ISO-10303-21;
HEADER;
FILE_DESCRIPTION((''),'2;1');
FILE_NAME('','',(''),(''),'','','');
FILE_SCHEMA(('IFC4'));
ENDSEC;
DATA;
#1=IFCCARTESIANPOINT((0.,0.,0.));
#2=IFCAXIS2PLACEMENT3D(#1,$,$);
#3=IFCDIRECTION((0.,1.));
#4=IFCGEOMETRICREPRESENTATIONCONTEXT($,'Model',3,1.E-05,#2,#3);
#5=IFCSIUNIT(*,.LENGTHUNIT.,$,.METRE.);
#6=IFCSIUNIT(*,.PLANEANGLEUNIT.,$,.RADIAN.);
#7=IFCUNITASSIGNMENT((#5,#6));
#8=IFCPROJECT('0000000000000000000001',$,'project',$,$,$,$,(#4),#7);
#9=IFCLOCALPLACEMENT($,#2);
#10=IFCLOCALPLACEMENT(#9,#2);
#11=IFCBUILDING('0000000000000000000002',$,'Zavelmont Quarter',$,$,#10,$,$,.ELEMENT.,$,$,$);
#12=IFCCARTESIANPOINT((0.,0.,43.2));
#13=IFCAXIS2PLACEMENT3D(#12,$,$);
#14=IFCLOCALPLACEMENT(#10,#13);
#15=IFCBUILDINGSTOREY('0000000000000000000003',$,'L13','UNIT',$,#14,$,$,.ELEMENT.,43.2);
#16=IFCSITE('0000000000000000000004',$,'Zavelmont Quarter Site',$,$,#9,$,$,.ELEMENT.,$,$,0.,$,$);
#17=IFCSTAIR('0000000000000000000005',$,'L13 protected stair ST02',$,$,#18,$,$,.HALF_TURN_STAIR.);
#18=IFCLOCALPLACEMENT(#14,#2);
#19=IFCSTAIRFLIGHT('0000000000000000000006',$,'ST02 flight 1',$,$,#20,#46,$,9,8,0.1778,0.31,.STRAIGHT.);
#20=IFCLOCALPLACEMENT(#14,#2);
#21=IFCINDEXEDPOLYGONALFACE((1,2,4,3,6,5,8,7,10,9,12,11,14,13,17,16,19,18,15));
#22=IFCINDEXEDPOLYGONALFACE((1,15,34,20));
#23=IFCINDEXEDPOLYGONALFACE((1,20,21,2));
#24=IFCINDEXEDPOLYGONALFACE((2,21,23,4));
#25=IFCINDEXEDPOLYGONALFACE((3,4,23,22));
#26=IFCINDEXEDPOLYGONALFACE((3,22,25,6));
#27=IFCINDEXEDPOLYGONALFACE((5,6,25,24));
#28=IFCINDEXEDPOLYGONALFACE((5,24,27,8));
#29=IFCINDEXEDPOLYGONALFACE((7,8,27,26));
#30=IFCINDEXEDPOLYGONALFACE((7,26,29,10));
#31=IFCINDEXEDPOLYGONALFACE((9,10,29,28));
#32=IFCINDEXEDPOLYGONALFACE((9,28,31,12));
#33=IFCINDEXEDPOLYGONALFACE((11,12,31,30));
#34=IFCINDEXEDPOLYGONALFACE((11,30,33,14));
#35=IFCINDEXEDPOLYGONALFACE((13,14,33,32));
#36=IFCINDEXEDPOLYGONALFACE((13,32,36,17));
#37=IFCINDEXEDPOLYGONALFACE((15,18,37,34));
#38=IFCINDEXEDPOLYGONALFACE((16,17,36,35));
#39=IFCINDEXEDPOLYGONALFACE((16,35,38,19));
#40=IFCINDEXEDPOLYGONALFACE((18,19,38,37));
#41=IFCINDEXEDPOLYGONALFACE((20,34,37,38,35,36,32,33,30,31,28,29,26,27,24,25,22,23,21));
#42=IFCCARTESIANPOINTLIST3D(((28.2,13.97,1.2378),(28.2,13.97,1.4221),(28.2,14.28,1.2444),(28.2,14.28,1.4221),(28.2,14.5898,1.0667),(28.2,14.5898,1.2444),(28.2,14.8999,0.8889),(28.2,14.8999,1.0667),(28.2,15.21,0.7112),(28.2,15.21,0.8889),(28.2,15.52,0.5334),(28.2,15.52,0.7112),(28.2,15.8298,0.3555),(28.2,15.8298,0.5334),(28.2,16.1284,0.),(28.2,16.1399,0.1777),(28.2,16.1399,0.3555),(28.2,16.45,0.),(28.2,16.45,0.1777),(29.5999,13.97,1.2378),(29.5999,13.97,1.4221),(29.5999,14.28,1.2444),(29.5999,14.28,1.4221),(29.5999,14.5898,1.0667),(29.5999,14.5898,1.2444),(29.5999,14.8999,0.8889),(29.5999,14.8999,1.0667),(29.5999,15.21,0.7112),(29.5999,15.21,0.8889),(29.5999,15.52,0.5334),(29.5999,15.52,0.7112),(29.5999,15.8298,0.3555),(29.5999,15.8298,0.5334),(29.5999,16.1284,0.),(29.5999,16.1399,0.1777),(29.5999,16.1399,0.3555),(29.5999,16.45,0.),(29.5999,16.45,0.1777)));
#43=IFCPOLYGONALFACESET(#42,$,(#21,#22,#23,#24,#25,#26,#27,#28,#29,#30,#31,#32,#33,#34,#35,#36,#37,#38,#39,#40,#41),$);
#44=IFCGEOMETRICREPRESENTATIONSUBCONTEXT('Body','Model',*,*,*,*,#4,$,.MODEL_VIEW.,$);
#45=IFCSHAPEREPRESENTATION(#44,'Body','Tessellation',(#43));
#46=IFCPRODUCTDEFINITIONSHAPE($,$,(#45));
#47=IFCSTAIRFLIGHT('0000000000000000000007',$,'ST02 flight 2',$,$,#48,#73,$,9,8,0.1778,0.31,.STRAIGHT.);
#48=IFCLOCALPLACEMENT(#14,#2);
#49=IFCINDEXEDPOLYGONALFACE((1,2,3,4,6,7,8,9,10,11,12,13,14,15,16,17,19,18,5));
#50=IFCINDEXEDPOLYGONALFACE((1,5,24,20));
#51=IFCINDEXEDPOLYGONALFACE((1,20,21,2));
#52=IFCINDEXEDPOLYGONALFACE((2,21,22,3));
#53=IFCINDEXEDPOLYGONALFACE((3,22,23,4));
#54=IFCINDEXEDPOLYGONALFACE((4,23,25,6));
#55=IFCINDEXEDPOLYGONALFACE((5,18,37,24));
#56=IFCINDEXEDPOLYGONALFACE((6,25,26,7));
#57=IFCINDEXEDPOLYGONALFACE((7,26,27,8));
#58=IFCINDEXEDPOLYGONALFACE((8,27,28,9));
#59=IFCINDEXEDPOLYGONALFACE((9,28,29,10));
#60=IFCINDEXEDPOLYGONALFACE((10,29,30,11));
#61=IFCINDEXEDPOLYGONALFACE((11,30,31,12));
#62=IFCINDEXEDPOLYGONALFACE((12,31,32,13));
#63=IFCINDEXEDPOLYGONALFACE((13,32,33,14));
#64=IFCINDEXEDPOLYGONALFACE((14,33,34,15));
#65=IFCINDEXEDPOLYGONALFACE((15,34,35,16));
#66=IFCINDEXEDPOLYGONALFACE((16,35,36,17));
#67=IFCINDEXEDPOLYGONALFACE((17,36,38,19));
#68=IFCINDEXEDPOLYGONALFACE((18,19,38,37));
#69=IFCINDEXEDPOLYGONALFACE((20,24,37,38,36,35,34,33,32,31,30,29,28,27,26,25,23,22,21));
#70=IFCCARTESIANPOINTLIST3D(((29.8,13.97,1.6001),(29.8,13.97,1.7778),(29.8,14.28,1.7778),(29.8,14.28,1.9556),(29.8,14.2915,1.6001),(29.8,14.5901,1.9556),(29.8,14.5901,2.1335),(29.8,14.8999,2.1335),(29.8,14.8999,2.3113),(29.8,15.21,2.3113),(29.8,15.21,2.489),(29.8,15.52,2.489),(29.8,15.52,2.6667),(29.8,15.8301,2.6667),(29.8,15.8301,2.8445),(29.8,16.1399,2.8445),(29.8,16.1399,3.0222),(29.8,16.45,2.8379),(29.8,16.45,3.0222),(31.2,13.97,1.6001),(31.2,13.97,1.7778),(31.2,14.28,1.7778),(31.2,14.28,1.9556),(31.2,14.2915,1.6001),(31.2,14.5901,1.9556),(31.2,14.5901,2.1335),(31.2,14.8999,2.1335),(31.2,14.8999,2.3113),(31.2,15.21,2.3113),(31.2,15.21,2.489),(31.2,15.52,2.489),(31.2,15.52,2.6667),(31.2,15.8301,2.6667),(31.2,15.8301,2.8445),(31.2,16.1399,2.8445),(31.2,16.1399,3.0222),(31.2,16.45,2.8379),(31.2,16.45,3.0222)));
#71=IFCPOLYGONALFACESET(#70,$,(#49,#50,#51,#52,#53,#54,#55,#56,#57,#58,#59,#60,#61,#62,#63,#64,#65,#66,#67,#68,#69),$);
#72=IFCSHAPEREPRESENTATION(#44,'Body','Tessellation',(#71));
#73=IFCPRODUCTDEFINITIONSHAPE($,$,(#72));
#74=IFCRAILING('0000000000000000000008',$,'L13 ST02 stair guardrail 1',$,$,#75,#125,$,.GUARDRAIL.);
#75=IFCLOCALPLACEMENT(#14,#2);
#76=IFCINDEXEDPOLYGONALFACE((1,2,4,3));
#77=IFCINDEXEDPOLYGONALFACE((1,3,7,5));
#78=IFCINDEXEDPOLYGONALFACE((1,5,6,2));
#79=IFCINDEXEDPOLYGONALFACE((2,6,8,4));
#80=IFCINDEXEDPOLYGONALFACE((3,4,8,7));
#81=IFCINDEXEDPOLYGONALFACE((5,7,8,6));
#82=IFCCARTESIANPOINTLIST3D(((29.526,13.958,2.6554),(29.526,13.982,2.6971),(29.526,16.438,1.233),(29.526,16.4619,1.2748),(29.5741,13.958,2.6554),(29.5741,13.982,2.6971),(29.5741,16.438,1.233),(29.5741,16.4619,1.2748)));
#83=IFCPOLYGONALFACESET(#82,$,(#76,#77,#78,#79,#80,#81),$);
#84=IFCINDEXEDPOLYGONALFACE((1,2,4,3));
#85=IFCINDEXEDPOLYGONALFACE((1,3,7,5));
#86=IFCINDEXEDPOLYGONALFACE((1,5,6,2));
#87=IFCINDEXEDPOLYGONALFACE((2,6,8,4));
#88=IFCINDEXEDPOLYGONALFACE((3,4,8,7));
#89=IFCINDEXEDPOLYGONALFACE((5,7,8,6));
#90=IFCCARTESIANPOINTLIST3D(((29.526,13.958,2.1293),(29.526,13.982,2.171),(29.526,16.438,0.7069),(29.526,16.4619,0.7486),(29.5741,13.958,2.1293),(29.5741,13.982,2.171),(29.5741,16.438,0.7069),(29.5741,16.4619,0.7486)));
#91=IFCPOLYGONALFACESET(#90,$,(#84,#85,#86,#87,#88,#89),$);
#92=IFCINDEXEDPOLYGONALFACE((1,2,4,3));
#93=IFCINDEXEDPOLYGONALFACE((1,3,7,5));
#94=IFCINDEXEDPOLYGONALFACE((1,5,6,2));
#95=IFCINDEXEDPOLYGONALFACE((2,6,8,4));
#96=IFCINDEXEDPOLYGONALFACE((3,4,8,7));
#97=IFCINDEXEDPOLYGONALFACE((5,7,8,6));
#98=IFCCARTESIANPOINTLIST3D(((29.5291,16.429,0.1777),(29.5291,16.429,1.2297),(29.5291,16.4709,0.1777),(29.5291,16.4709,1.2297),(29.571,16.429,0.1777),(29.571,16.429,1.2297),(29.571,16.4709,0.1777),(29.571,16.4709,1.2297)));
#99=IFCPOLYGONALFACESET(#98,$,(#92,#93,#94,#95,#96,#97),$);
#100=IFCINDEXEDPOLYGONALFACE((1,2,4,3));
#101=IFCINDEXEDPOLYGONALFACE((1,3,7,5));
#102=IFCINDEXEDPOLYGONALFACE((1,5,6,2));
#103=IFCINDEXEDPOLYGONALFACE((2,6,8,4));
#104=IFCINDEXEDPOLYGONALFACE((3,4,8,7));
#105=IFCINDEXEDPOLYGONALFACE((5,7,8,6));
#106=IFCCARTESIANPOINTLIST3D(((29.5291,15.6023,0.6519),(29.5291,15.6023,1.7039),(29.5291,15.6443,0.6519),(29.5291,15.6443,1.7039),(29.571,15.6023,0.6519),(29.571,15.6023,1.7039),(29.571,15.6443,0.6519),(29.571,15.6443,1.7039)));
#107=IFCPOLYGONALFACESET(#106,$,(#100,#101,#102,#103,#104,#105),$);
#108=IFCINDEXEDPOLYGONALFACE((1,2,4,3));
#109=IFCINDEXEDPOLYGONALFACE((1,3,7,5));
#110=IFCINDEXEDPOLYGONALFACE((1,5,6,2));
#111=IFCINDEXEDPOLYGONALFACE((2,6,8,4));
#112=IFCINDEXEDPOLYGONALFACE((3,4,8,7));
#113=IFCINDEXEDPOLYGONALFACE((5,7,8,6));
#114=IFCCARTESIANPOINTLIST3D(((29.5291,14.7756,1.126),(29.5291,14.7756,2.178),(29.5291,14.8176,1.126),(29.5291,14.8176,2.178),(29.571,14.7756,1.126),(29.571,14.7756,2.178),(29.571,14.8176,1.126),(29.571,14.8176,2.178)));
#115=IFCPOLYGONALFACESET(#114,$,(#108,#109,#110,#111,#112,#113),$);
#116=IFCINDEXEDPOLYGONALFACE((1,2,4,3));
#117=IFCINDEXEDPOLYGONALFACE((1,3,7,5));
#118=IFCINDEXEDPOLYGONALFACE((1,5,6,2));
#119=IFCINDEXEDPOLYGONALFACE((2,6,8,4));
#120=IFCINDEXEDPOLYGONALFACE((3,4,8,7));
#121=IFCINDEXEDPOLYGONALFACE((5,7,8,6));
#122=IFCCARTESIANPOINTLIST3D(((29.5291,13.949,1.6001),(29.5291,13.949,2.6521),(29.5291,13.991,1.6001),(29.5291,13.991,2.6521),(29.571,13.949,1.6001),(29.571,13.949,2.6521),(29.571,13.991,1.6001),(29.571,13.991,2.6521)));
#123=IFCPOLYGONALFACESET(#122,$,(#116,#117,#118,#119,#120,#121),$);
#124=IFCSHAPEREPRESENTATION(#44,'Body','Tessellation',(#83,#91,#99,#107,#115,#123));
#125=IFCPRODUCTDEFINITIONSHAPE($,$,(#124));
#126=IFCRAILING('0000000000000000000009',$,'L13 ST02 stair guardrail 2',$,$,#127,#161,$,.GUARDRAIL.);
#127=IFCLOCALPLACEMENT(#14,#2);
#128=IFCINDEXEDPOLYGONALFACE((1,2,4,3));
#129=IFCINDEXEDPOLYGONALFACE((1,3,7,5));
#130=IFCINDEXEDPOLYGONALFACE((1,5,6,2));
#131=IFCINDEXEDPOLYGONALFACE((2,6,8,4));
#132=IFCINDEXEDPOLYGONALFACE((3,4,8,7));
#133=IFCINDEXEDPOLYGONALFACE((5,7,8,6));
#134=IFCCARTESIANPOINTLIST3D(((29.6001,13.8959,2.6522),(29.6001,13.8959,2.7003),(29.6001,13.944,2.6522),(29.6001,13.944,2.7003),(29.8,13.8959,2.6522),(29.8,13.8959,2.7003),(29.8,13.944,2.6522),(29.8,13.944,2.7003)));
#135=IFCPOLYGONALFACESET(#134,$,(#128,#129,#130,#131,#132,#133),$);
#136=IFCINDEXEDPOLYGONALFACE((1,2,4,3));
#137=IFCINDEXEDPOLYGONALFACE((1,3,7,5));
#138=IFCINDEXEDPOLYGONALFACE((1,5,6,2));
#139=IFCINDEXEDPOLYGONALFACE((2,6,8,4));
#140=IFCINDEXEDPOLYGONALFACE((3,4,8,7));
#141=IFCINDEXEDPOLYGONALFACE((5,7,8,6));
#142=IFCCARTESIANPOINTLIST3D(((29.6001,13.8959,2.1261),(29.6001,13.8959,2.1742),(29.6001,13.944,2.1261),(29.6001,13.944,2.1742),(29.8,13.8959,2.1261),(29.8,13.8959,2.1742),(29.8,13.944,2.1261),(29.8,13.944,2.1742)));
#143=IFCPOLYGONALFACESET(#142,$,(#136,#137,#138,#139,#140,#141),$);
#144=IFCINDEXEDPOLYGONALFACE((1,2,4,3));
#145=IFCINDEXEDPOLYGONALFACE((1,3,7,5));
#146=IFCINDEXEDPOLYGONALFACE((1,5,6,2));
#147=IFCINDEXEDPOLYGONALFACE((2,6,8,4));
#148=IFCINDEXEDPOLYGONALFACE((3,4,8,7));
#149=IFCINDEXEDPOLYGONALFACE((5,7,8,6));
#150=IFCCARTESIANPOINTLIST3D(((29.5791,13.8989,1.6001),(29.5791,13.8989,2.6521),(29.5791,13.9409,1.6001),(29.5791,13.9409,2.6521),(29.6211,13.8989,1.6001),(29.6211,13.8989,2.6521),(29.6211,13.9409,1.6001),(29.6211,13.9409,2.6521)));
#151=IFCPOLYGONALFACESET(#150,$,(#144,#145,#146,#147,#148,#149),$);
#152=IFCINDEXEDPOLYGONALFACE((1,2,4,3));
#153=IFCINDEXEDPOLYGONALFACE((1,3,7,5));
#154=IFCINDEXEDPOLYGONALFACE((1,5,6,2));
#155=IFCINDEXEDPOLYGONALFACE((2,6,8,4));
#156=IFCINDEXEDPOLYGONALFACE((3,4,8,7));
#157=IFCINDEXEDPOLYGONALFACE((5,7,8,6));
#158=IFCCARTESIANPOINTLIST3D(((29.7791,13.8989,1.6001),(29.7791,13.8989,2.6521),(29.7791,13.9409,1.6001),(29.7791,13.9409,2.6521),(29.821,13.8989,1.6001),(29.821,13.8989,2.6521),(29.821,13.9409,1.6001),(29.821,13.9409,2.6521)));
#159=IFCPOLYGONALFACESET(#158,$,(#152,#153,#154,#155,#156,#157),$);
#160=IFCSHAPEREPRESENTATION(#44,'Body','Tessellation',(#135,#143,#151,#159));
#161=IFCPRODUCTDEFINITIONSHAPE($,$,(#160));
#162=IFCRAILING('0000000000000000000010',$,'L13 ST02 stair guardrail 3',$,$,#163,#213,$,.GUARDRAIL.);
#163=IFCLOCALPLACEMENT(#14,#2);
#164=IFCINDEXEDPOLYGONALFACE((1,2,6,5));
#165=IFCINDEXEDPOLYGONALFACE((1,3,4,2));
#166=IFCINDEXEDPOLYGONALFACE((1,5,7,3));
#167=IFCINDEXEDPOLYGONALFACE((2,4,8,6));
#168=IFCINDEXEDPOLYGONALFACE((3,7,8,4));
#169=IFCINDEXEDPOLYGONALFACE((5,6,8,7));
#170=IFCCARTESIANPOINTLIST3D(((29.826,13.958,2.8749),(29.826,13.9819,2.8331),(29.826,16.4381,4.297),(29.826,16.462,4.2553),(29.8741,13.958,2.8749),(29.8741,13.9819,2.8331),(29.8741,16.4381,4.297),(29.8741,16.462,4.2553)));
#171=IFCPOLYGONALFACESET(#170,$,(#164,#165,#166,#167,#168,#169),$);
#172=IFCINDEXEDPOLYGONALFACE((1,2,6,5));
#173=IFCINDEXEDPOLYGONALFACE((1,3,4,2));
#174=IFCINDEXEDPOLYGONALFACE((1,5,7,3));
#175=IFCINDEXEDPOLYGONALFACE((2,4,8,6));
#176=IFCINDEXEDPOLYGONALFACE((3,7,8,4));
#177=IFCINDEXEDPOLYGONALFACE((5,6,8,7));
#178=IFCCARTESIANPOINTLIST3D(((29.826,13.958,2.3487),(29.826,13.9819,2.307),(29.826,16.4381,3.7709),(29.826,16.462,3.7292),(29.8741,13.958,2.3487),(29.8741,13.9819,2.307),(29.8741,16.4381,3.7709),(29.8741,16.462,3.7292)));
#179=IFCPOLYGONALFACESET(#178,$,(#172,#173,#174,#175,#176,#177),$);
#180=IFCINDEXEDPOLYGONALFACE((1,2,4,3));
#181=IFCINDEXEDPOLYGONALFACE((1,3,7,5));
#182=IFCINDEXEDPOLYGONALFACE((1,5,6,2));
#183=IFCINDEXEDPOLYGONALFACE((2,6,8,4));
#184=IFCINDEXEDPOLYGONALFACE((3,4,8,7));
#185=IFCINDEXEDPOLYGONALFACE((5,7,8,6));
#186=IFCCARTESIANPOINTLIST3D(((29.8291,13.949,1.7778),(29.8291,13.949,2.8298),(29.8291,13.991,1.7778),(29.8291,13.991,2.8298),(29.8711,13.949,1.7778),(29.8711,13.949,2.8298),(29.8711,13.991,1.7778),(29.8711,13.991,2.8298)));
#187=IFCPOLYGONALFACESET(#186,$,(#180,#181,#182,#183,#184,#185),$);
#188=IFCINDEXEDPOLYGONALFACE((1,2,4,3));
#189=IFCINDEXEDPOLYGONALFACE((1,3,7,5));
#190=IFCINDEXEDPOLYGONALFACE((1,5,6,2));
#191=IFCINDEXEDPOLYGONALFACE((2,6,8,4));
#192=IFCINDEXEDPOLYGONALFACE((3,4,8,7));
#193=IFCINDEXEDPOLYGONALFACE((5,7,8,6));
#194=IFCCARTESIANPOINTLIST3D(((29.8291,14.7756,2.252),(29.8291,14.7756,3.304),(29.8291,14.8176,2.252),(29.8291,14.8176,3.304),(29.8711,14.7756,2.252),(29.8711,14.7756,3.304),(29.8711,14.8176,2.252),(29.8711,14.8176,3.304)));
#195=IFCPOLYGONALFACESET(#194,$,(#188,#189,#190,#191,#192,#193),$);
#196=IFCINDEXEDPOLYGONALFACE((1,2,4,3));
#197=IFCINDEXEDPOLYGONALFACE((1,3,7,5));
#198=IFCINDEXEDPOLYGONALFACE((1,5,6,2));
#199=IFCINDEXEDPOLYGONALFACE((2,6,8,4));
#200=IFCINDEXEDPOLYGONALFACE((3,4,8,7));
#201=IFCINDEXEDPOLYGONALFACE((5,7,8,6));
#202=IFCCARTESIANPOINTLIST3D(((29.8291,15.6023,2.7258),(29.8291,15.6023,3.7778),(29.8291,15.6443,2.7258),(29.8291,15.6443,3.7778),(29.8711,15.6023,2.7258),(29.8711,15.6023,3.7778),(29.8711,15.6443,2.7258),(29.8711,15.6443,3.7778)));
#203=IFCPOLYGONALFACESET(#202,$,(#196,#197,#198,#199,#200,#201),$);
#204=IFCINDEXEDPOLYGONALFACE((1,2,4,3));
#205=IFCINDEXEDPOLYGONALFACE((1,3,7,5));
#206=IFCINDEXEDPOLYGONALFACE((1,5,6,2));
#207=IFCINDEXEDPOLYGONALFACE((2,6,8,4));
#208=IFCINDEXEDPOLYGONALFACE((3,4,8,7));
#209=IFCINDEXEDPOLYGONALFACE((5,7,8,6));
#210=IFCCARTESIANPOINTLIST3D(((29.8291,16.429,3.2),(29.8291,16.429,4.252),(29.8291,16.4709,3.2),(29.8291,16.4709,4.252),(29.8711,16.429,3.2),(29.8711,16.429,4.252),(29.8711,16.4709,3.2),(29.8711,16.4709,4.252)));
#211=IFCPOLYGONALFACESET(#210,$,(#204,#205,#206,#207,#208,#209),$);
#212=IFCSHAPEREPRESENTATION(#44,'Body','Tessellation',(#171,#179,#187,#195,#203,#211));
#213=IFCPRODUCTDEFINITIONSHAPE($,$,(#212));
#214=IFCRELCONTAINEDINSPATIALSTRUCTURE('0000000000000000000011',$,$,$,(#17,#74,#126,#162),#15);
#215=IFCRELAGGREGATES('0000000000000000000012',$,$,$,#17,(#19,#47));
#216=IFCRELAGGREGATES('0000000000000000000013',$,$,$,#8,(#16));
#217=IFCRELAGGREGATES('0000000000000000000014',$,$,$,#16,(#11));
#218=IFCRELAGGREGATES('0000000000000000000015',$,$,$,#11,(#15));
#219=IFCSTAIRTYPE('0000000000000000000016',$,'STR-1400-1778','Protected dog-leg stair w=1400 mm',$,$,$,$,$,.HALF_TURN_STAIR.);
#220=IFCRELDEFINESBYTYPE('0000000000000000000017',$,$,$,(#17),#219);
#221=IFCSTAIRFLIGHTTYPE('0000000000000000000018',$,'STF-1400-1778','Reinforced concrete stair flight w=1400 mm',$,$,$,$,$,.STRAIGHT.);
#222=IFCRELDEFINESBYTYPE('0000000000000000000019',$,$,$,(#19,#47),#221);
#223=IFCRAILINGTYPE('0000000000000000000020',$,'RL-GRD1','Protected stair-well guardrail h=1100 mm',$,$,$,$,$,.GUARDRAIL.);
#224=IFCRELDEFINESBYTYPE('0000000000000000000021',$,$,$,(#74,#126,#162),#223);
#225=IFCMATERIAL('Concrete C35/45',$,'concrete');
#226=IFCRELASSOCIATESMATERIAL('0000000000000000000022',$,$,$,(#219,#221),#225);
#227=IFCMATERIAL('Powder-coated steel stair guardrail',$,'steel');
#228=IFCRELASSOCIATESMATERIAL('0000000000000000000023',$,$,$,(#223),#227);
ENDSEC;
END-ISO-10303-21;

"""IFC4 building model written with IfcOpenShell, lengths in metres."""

from ifc_helpers import new_model, si_unit, direction, frame, origin, origin_2d, place, context, subcontext, project, spatial, polyline, rectangle, outline, extrude, material, type_object, element, aggregate, save


model = new_model("IFC4")

# Units and contexts
model_context = context("Model", 3, precision=1e-05, world=origin(), true_north=direction((0.0, 1.0)))
body_context = subcontext(model_context, "Body", "Model", "MODEL_VIEW")
ifc_project = project(units=[si_unit("LENGTHUNIT", "METRE"), si_unit("PLANEANGLEUNIT", "RADIAN")], contexts=[model_context])

# Site, building, storey
site_placement = place(None, origin())
site = spatial("IfcSite", under=ifc_project, at=site_placement, Name="Zavelmont Quarter Site", CompositionType="ELEMENT", RefElevation=0.0)
building_placement = place(site_placement, origin())
building = spatial("IfcBuilding", under=site, at=building_placement, Name="Zavelmont Quarter", CompositionType="ELEMENT")
storey_placement = place(building_placement, frame((0.0, 0.0, 43.2)))
storey = spatial("IfcBuildingStorey", under=building, at=storey_placement, Name="L13", Description="UNIT", CompositionType="ELEMENT", Elevation=43.2)

# Stair, stair flights
ifc_material_1 = material(Name="Concrete C35/45", Category="concrete")
stair_type = type_object("IfcStairType", Name="STR-1400-1778", Description="Protected dog-leg stair w=1400 mm", PredefinedType="HALF_TURN_STAIR", material=ifc_material_1)
stair_placement = place(storey_placement, origin())
stair = element("IfcStair", 1, at=stair_placement, inside=storey, type_object=stair_type, Name="L13 protected stair ST02", PredefinedType="HALF_TURN_STAIR")
stair_flight_type = type_object("IfcStairFlightType", Name="STF-1400-1778", Description="Reinforced concrete stair flight w=1400 mm", PredefinedType="STRAIGHT", material=ifc_material_1)
stair_flight_1_placement = place(storey_placement, frame((28.8999, 16.45, 0.0), z_axis=(0.0, 0.0, 1.0), x_axis=(0.0, -1.0, 0.0)))
stair_flight_1 = element("IfcStairFlight", 2, at=stair_flight_1_placement, type_object=stair_flight_type, Name="ST02 flight 1", NumberOfRisers=9, NumberOfTreads=8, PredefinedType="STRAIGHT", RiserHeight=0.1778, TreadLength=0.31, context=body_context, shape_type="SweptSolid", body=[
    extrude(outline(polyline([(0.0, 0.0), (0.0, 0.1777), (0.3101, 0.1777), (0.3101, 0.3555), (0.6201, 0.3555), (0.6201, 0.5334), (0.9299, 0.5334), (0.9299, 0.7112), (1.24, 0.7112), (1.24, 0.8889), (1.55, 0.8889), (1.55, 1.0667), (1.8601, 1.0667), (1.8601, 1.2444), (2.1699, 1.2444), (2.1699, 1.4221), (2.48, 1.4221), (2.48, 1.6001), (2.48, 1.2378), (0.3215, 0.0), (0.0, 0.0)])), frame((0.0, 0.7, 0.0), z_axis=(0.0, -1.0, 0.0), x_axis=(1.0, 0.0, 0.0)), (0.0, 0.0, 1.0), 1.3999),
])
stair_flight_2_placement = place(storey_placement, frame((30.5, 13.97, 1.6001), z_axis=(0.0, 0.0, 1.0), x_axis=(0.0, 1.0, 0.0)))
stair_flight_2 = element("IfcStairFlight", 3, at=stair_flight_2_placement, type_object=stair_flight_type, Name="ST02 flight 2", NumberOfRisers=9, NumberOfTreads=8, PredefinedType="STRAIGHT", RiserHeight=0.1778, TreadLength=0.31, context=body_context, shape_type="SweptSolid", body=[
    extrude(outline(polyline([(0.0, 0.0), (0.0, 0.1777), (0.3101, 0.1777), (0.3101, 0.3555), (0.6201, 0.3555), (0.6201, 0.5334), (0.9299, 0.5334), (0.9299, 0.7112), (1.24, 0.7112), (1.24, 0.8889), (1.55, 0.8889), (1.55, 1.0667), (1.8601, 1.0667), (1.8601, 1.2444), (2.1699, 1.2444), (2.1699, 1.4221), (2.48, 1.4221), (2.48, 1.6001), (2.48, 1.2378), (0.3215, 0.0), (0.0, 0.0)])), frame((0.0, 0.7, 0.0), z_axis=(0.0, -1.0, 0.0), x_axis=(1.0, 0.0, 0.0)), (0.0, 0.0, 1.0), 1.3999),
])
aggregate(stair, [stair_flight_1, stair_flight_2])

# Railings
ifc_material_2 = material(Name="Powder-coated steel stair guardrail", Category="steel")
railing_type_1 = type_object("IfcRailingType", Name="RL-GRD1", Description="Protected stair-well guardrail h=1100 mm", PredefinedType="GUARDRAIL", material=ifc_material_2)
railing_1_placement = place(storey_placement, frame((29.55, 16.45, 0.1777)))
element("IfcRailing", 4, at=railing_1_placement, inside=storey, type_object=railing_type_1, Name="L13 ST02 stair guardrail 1", PredefinedType="GUARDRAIL", context=body_context, shape_type="SweptSolid", body=[
    extrude(rectangle(XDim=0.0481, YDim=0.0481, at=origin_2d()), frame((0.0, 0.0, 1.0762), z_axis=(0.0, -0.867454, 0.497518), x_axis=(1.0, 0.0, 0.0)), (0.0, 0.0, 1.0), 2.8589),
    extrude(rectangle(XDim=0.0481, YDim=0.0481, at=origin_2d()), frame((0.0, 0.0, 0.55), z_axis=(0.0, -0.867454, 0.497518), x_axis=(1.0, 0.0, 0.0)), (0.0, 0.0, 1.0), 2.8589),
    extrude(rectangle(XDim=0.042, YDim=0.042, at=origin_2d()), origin(), (0.0, 0.0, 1.0), 1.052),
    extrude(rectangle(XDim=0.042, YDim=0.042, at=origin_2d()), frame((0.0, -0.8267, 0.4741)), (0.0, 0.0, 1.0), 1.052),
    extrude(rectangle(XDim=0.042, YDim=0.042, at=origin_2d()), frame((0.0, -1.6533, 0.9482)), (0.0, 0.0, 1.0), 1.052),
    extrude(rectangle(XDim=0.042, YDim=0.042, at=origin_2d()), frame((0.0, -2.48, 1.4224)), (0.0, 0.0, 1.0), 1.052),
])
railing_2_placement = place(storey_placement, frame((29.6001, 13.9199, 1.6001)))
element("IfcRailing", 5, at=railing_2_placement, inside=storey, type_object=railing_type_1, Name="L13 ST02 stair guardrail 2", PredefinedType="GUARDRAIL", context=body_context, shape_type="SweptSolid", body=[
    extrude(rectangle(XDim=0.0481, YDim=0.0481, at=origin_2d()), frame((0.0, 0.0, 1.0762), z_axis=(1.0, 0.0, 0.0), x_axis=(0.0, 1.0, 0.0)), (0.0, 0.0, 1.0), 0.2),
    extrude(rectangle(XDim=0.0481, YDim=0.0481, at=origin_2d()), frame((0.0, 0.0, 0.55), z_axis=(1.0, 0.0, 0.0), x_axis=(0.0, 1.0, 0.0)), (0.0, 0.0, 1.0), 0.2),
    extrude(rectangle(XDim=0.042, YDim=0.042, at=origin_2d()), origin(), (0.0, 0.0, 1.0), 1.052),
    extrude(rectangle(XDim=0.042, YDim=0.042, at=origin_2d()), frame((0.2, 0.0, 0.0)), (0.0, 0.0, 1.0), 1.052),
])
railing_3_placement = place(storey_placement, frame((29.8501, 13.97, 1.7778)))
element("IfcRailing", 6, at=railing_3_placement, inside=storey, type_object=railing_type_1, Name="L13 ST02 stair guardrail 3", PredefinedType="GUARDRAIL", context=body_context, shape_type="SweptSolid", body=[
    extrude(rectangle(XDim=0.0481, YDim=0.0481, at=origin_2d()), frame((0.0, 0.0, 1.0762), z_axis=(0.0, 0.867491, 0.497454), x_axis=(-1.0, 0.0, 0.0)), (0.0, 0.0, 1.0), 2.8589),
    extrude(rectangle(XDim=0.0481, YDim=0.0481, at=origin_2d()), frame((0.0, 0.0, 0.55), z_axis=(0.0, 0.867491, 0.497454), x_axis=(-1.0, 0.0, 0.0)), (0.0, 0.0, 1.0), 2.8589),
    extrude(rectangle(XDim=0.042, YDim=0.042, at=origin_2d()), origin(), (0.0, 0.0, 1.0), 1.052),
    extrude(rectangle(XDim=0.042, YDim=0.042, at=origin_2d()), frame((0.0, 0.8267, 0.4741)), (0.0, 0.0, 1.0), 1.052),
    extrude(rectangle(XDim=0.042, YDim=0.042, at=origin_2d()), frame((0.0, 1.6533, 0.948)), (0.0, 0.0, 1.0), 1.052),
    extrude(rectangle(XDim=0.042, YDim=0.042, at=origin_2d()), frame((0.0, 2.48, 1.4221)), (0.0, 0.0, 1.0), 1.052),
])

save(model, "model.ifc")
